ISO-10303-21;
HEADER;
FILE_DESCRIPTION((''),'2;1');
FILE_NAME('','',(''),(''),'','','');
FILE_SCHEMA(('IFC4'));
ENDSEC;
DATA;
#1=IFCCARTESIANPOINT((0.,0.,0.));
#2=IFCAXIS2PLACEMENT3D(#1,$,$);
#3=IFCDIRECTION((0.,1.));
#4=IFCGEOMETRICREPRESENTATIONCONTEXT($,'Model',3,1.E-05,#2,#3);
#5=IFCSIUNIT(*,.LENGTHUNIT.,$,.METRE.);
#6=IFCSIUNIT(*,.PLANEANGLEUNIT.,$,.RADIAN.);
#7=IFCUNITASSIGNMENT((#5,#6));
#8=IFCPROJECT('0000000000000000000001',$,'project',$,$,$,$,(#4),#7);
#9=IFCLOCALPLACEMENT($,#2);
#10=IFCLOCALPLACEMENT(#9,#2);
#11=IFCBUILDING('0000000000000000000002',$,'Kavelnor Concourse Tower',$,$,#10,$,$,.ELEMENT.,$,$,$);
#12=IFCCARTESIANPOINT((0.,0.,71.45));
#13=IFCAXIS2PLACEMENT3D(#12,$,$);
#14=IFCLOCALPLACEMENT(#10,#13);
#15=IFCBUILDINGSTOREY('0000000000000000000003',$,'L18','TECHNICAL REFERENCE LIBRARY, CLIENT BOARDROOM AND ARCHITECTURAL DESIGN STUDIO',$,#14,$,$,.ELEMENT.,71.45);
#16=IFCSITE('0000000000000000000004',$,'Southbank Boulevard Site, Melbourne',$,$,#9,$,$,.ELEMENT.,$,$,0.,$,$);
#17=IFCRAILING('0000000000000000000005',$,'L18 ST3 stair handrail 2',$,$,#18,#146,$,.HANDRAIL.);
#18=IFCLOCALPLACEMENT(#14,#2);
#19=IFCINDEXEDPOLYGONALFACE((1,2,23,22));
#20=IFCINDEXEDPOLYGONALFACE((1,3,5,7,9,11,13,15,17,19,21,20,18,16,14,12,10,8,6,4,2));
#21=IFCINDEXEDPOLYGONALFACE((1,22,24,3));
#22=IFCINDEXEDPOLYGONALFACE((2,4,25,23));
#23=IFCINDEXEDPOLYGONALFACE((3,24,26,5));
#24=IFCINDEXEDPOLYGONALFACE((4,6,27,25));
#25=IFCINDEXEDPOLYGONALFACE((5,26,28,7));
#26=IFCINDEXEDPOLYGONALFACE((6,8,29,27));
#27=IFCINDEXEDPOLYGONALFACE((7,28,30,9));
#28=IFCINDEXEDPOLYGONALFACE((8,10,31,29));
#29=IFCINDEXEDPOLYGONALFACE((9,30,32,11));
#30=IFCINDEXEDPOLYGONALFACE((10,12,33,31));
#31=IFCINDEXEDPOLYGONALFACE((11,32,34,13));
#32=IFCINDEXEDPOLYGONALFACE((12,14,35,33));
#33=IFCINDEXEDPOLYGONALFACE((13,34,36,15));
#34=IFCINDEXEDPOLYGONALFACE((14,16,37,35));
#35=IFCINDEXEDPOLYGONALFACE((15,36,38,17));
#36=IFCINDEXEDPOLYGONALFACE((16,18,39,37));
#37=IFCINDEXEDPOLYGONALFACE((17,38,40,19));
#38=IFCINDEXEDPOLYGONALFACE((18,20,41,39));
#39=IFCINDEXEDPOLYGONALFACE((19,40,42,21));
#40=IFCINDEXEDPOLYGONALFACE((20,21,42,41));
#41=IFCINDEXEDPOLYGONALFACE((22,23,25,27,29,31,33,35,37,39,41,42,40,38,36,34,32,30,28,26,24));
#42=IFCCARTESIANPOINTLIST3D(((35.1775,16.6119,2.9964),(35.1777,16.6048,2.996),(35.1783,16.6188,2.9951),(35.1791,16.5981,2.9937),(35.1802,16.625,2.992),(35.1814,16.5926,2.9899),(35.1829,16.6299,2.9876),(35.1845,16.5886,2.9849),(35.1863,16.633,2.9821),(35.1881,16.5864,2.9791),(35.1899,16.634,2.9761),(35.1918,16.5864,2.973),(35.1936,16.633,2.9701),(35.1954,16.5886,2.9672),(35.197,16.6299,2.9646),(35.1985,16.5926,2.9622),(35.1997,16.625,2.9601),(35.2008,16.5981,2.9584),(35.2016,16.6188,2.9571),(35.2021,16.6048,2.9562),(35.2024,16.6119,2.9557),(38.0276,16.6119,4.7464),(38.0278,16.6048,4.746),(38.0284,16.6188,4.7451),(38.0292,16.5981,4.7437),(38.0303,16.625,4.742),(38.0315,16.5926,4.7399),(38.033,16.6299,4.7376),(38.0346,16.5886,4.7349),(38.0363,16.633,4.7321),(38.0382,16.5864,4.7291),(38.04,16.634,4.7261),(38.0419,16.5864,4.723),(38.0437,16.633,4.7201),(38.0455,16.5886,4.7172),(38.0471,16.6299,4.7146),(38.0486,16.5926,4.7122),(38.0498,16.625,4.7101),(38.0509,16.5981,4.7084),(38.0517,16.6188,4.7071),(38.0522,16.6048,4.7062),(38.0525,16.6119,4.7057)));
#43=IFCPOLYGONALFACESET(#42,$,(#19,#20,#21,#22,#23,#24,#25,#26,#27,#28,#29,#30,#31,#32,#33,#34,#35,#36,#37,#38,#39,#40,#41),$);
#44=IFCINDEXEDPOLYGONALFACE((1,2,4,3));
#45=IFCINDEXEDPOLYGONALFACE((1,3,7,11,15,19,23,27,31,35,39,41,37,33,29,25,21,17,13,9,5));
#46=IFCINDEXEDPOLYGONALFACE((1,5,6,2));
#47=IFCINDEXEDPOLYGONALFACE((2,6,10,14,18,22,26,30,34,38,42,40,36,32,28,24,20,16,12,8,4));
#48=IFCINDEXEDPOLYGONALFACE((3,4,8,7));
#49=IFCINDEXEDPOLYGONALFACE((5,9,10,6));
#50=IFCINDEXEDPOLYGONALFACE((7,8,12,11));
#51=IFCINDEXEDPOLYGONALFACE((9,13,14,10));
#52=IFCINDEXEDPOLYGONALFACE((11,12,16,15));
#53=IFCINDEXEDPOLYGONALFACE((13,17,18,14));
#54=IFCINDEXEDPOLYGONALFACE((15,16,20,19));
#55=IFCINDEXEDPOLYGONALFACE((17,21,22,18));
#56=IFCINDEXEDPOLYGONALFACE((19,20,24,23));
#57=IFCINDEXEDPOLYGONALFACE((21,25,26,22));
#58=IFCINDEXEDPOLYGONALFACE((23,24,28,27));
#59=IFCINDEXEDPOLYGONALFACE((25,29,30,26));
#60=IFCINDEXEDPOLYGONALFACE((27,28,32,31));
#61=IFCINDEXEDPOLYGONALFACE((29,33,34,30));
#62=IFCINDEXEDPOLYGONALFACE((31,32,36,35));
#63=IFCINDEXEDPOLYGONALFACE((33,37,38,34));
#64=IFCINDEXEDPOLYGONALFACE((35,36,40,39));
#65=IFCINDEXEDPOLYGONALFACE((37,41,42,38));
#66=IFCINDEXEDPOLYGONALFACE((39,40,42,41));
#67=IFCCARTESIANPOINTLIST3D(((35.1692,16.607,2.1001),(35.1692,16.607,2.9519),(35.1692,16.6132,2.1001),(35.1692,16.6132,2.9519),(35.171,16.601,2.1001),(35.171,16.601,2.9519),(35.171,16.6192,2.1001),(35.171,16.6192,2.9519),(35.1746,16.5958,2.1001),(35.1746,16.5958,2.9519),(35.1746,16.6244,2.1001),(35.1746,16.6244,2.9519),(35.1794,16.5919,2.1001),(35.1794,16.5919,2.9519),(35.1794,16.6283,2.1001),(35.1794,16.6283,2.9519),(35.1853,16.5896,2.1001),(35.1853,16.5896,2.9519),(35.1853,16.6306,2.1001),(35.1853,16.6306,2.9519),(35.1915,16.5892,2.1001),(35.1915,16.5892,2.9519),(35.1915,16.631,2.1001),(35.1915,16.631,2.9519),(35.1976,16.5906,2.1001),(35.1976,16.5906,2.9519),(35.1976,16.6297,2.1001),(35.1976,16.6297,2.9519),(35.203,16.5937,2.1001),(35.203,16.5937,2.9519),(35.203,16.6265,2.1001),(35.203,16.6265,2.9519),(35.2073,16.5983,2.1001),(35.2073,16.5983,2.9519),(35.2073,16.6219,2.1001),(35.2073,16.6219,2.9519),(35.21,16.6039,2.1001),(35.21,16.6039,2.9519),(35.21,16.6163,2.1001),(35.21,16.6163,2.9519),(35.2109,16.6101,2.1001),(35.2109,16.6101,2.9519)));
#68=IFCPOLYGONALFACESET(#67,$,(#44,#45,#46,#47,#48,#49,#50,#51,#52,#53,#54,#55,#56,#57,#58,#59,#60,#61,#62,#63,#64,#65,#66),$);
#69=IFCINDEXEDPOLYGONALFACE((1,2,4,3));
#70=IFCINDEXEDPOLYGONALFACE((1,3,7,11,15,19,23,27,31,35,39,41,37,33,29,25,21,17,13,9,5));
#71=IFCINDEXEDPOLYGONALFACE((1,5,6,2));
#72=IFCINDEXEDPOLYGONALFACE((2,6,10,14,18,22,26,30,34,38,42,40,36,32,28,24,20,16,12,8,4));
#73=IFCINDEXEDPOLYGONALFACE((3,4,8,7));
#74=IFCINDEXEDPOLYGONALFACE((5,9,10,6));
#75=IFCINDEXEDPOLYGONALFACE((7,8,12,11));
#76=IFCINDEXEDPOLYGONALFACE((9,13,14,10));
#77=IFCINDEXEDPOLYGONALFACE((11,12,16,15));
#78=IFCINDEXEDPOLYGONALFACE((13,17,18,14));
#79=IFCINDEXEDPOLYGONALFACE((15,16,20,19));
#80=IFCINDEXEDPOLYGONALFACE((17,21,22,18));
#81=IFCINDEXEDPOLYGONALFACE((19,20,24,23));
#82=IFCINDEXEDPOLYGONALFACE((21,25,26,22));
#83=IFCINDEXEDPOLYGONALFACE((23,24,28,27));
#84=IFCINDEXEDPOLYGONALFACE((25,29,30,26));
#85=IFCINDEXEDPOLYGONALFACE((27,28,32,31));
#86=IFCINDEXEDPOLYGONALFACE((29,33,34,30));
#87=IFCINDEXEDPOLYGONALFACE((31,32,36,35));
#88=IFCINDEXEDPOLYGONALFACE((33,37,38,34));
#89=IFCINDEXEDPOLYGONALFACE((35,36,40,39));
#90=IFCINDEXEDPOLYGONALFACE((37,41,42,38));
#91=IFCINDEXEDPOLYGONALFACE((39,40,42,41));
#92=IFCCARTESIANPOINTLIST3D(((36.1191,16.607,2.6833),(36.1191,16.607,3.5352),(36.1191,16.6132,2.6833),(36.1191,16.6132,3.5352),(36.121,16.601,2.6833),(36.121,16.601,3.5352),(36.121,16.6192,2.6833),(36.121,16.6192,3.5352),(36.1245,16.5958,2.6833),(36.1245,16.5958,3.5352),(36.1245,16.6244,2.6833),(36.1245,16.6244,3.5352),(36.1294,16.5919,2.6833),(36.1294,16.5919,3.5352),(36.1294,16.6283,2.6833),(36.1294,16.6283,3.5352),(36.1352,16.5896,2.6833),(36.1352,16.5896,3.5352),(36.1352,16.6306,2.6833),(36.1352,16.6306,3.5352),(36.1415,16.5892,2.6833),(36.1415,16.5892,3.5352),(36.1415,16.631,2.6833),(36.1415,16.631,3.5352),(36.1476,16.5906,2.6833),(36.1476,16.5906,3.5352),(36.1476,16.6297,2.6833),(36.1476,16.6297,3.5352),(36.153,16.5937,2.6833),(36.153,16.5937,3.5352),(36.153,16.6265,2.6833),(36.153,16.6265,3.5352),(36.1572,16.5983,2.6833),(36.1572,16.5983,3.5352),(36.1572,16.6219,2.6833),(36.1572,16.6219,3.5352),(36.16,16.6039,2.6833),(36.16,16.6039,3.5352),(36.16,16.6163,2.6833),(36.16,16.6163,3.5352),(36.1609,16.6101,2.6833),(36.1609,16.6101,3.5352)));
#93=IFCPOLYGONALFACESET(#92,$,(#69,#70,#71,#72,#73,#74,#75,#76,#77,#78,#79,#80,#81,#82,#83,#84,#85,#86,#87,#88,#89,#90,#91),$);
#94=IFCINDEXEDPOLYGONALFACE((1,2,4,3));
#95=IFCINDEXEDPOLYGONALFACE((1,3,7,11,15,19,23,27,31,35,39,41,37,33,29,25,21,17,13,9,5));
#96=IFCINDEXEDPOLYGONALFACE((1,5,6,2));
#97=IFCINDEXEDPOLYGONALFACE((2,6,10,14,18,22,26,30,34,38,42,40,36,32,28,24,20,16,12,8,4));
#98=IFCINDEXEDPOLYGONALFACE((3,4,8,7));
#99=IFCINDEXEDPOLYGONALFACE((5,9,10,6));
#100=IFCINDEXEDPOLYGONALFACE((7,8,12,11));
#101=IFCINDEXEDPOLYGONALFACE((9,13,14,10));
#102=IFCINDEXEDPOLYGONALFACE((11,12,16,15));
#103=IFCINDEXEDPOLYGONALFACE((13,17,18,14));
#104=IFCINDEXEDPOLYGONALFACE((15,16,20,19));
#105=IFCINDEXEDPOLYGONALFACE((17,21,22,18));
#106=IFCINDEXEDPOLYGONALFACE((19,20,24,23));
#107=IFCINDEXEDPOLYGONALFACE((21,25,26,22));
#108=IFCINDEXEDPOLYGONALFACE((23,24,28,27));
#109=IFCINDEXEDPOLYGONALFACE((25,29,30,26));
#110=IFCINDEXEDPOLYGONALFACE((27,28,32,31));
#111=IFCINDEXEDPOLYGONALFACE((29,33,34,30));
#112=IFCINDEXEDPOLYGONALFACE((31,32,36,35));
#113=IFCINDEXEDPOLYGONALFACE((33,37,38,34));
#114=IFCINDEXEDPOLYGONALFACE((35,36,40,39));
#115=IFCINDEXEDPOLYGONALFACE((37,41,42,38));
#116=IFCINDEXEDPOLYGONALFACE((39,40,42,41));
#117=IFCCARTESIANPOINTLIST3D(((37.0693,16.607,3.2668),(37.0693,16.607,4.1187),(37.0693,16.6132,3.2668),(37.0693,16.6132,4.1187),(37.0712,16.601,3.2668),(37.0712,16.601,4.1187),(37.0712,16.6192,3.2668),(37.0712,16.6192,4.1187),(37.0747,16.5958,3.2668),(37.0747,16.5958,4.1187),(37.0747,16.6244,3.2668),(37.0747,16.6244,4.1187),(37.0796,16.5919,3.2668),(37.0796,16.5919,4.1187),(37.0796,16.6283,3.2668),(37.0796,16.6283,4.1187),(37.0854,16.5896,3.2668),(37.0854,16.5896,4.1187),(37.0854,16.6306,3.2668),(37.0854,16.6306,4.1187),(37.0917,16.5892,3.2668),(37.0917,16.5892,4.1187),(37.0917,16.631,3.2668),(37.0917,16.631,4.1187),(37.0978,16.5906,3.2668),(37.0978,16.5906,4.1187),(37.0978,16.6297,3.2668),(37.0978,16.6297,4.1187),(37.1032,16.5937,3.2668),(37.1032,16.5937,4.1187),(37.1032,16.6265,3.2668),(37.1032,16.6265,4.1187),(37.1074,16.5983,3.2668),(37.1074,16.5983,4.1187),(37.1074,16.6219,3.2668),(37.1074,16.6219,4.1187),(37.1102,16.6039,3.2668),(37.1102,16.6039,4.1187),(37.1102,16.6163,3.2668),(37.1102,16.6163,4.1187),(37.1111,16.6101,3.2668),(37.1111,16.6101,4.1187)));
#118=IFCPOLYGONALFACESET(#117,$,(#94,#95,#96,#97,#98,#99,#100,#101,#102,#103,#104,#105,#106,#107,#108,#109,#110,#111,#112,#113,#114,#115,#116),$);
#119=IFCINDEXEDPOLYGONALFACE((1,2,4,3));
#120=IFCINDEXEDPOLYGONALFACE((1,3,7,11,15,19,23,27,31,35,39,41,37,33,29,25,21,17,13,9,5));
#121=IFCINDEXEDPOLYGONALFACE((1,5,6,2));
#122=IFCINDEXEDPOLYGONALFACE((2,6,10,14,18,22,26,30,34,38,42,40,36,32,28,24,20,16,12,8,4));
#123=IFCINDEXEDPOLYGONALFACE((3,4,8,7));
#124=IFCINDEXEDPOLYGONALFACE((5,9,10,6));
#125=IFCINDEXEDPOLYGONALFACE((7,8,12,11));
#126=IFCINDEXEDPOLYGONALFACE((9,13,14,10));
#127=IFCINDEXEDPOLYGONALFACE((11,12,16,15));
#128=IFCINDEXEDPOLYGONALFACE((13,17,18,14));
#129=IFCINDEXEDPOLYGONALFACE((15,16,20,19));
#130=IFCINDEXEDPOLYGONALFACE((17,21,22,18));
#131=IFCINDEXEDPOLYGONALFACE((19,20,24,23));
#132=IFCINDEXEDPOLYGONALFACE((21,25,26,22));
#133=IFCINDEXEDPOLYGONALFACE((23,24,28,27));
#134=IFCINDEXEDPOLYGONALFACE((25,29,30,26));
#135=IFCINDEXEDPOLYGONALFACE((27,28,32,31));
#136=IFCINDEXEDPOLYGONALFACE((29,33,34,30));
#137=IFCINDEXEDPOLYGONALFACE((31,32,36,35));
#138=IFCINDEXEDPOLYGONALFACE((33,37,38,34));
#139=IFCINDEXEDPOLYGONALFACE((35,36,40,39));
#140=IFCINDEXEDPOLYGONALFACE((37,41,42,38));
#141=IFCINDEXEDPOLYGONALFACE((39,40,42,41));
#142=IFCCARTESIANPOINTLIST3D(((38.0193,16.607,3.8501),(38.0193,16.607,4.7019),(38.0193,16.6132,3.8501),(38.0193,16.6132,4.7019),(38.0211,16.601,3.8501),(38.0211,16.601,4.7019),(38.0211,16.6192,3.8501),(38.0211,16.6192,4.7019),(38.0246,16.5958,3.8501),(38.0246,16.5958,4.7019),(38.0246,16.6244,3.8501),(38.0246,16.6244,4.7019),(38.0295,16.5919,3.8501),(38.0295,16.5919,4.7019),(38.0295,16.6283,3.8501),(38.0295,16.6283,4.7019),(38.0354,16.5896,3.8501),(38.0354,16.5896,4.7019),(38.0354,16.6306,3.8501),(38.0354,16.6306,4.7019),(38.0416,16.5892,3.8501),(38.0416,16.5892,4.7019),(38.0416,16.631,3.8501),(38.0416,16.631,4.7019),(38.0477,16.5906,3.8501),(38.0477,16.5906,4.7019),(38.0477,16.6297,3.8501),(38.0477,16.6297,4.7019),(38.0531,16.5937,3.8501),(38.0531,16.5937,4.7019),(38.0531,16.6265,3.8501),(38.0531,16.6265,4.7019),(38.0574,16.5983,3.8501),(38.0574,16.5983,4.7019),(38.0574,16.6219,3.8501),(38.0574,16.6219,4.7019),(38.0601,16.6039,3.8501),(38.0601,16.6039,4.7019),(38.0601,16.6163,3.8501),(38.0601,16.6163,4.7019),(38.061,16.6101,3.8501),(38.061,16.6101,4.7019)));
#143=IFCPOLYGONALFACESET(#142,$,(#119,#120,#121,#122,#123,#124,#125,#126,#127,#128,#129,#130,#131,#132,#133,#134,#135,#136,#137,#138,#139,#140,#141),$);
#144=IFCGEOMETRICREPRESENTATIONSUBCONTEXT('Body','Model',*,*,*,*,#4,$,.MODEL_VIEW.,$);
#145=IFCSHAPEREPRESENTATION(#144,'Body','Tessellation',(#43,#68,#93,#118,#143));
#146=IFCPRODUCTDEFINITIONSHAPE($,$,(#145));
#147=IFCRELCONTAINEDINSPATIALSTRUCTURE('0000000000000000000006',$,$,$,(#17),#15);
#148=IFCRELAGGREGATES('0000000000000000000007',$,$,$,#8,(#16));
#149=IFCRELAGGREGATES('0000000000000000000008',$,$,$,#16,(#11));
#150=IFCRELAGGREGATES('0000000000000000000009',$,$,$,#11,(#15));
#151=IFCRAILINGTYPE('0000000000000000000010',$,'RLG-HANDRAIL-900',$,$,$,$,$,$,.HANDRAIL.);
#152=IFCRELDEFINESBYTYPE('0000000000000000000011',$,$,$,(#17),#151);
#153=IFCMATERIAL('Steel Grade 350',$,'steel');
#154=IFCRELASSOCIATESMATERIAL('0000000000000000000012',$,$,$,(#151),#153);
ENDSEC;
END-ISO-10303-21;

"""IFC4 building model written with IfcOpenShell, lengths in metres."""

from ifc_helpers import new_model, si_unit, direction, frame, origin, origin_2d, place, context, subcontext, project, spatial, circle, extrude, material, type_object, element, save


model = new_model("IFC4")

# Units and contexts
model_context = context("Model", 3, precision=1e-05, world=origin(), true_north=direction((0.0, 1.0)))
body_context = subcontext(model_context, "Body", "Model", "MODEL_VIEW")
ifc_project = project(units=[si_unit("LENGTHUNIT", "METRE"), si_unit("PLANEANGLEUNIT", "RADIAN")], contexts=[model_context])

# Site, building, storey
site_placement = place(None, origin())
site = spatial("IfcSite", under=ifc_project, at=site_placement, Name="Southbank Boulevard Site, Melbourne", CompositionType="ELEMENT", RefElevation=0.0)
building_placement = place(site_placement, origin())
building = spatial("IfcBuilding", under=site, at=building_placement, Name="Kavelnor Concourse Tower", CompositionType="ELEMENT")
storey_placement = place(building_placement, frame((0.0, 0.0, 71.45)))
storey = spatial("IfcBuildingStorey", under=building, at=storey_placement, Name="L18", Description="TECHNICAL REFERENCE LIBRARY, CLIENT BOARDROOM AND ARCHITECTURAL DESIGN STUDIO", CompositionType="ELEMENT", Elevation=71.45)

# Shared definitions
ifc_material_1 = material(Name="Steel Grade 350", Category="steel")

# Railing
railing_type_1 = type_object("IfcRailingType", Name="RLG-HANDRAIL-900", PredefinedType="HANDRAIL", material=ifc_material_1)
railing_1_placement = place(storey_placement, frame((35.1899, 16.6101, 2.1001)))
element("IfcRailing", 1, at=railing_1_placement, inside=storey, type_object=railing_type_1, Name="L18 ST3 stair handrail 2", PredefinedType="HANDRAIL", context=body_context, shape_type="SweptSolid", body=[
    extrude(circle(Radius=0.0239, at=origin_2d()), frame((0.0, 0.0, 0.876), z_axis=(0.852179, 0.0, 0.52325), x_axis=(0.0, 1.0, 0.0)), (0.0, 0.0, 1.0), 3.3445),
    extrude(circle(Radius=0.021, at=origin_2d()), origin(), (0.0, 0.0, 1.0), 0.8518),
    extrude(circle(Radius=0.021, at=origin_2d()), frame((0.95, 0.0, 0.5833)), (0.0, 0.0, 1.0), 0.8518),
    extrude(circle(Radius=0.021, at=origin_2d()), frame((1.9001, 0.0, 1.1667)), (0.0, 0.0, 1.0), 0.8518),
    extrude(circle(Radius=0.021, at=origin_2d()), frame((2.8501, 0.0, 1.75)), (0.0, 0.0, 1.0), 0.8518),
])

save(model, "model.ifc")
